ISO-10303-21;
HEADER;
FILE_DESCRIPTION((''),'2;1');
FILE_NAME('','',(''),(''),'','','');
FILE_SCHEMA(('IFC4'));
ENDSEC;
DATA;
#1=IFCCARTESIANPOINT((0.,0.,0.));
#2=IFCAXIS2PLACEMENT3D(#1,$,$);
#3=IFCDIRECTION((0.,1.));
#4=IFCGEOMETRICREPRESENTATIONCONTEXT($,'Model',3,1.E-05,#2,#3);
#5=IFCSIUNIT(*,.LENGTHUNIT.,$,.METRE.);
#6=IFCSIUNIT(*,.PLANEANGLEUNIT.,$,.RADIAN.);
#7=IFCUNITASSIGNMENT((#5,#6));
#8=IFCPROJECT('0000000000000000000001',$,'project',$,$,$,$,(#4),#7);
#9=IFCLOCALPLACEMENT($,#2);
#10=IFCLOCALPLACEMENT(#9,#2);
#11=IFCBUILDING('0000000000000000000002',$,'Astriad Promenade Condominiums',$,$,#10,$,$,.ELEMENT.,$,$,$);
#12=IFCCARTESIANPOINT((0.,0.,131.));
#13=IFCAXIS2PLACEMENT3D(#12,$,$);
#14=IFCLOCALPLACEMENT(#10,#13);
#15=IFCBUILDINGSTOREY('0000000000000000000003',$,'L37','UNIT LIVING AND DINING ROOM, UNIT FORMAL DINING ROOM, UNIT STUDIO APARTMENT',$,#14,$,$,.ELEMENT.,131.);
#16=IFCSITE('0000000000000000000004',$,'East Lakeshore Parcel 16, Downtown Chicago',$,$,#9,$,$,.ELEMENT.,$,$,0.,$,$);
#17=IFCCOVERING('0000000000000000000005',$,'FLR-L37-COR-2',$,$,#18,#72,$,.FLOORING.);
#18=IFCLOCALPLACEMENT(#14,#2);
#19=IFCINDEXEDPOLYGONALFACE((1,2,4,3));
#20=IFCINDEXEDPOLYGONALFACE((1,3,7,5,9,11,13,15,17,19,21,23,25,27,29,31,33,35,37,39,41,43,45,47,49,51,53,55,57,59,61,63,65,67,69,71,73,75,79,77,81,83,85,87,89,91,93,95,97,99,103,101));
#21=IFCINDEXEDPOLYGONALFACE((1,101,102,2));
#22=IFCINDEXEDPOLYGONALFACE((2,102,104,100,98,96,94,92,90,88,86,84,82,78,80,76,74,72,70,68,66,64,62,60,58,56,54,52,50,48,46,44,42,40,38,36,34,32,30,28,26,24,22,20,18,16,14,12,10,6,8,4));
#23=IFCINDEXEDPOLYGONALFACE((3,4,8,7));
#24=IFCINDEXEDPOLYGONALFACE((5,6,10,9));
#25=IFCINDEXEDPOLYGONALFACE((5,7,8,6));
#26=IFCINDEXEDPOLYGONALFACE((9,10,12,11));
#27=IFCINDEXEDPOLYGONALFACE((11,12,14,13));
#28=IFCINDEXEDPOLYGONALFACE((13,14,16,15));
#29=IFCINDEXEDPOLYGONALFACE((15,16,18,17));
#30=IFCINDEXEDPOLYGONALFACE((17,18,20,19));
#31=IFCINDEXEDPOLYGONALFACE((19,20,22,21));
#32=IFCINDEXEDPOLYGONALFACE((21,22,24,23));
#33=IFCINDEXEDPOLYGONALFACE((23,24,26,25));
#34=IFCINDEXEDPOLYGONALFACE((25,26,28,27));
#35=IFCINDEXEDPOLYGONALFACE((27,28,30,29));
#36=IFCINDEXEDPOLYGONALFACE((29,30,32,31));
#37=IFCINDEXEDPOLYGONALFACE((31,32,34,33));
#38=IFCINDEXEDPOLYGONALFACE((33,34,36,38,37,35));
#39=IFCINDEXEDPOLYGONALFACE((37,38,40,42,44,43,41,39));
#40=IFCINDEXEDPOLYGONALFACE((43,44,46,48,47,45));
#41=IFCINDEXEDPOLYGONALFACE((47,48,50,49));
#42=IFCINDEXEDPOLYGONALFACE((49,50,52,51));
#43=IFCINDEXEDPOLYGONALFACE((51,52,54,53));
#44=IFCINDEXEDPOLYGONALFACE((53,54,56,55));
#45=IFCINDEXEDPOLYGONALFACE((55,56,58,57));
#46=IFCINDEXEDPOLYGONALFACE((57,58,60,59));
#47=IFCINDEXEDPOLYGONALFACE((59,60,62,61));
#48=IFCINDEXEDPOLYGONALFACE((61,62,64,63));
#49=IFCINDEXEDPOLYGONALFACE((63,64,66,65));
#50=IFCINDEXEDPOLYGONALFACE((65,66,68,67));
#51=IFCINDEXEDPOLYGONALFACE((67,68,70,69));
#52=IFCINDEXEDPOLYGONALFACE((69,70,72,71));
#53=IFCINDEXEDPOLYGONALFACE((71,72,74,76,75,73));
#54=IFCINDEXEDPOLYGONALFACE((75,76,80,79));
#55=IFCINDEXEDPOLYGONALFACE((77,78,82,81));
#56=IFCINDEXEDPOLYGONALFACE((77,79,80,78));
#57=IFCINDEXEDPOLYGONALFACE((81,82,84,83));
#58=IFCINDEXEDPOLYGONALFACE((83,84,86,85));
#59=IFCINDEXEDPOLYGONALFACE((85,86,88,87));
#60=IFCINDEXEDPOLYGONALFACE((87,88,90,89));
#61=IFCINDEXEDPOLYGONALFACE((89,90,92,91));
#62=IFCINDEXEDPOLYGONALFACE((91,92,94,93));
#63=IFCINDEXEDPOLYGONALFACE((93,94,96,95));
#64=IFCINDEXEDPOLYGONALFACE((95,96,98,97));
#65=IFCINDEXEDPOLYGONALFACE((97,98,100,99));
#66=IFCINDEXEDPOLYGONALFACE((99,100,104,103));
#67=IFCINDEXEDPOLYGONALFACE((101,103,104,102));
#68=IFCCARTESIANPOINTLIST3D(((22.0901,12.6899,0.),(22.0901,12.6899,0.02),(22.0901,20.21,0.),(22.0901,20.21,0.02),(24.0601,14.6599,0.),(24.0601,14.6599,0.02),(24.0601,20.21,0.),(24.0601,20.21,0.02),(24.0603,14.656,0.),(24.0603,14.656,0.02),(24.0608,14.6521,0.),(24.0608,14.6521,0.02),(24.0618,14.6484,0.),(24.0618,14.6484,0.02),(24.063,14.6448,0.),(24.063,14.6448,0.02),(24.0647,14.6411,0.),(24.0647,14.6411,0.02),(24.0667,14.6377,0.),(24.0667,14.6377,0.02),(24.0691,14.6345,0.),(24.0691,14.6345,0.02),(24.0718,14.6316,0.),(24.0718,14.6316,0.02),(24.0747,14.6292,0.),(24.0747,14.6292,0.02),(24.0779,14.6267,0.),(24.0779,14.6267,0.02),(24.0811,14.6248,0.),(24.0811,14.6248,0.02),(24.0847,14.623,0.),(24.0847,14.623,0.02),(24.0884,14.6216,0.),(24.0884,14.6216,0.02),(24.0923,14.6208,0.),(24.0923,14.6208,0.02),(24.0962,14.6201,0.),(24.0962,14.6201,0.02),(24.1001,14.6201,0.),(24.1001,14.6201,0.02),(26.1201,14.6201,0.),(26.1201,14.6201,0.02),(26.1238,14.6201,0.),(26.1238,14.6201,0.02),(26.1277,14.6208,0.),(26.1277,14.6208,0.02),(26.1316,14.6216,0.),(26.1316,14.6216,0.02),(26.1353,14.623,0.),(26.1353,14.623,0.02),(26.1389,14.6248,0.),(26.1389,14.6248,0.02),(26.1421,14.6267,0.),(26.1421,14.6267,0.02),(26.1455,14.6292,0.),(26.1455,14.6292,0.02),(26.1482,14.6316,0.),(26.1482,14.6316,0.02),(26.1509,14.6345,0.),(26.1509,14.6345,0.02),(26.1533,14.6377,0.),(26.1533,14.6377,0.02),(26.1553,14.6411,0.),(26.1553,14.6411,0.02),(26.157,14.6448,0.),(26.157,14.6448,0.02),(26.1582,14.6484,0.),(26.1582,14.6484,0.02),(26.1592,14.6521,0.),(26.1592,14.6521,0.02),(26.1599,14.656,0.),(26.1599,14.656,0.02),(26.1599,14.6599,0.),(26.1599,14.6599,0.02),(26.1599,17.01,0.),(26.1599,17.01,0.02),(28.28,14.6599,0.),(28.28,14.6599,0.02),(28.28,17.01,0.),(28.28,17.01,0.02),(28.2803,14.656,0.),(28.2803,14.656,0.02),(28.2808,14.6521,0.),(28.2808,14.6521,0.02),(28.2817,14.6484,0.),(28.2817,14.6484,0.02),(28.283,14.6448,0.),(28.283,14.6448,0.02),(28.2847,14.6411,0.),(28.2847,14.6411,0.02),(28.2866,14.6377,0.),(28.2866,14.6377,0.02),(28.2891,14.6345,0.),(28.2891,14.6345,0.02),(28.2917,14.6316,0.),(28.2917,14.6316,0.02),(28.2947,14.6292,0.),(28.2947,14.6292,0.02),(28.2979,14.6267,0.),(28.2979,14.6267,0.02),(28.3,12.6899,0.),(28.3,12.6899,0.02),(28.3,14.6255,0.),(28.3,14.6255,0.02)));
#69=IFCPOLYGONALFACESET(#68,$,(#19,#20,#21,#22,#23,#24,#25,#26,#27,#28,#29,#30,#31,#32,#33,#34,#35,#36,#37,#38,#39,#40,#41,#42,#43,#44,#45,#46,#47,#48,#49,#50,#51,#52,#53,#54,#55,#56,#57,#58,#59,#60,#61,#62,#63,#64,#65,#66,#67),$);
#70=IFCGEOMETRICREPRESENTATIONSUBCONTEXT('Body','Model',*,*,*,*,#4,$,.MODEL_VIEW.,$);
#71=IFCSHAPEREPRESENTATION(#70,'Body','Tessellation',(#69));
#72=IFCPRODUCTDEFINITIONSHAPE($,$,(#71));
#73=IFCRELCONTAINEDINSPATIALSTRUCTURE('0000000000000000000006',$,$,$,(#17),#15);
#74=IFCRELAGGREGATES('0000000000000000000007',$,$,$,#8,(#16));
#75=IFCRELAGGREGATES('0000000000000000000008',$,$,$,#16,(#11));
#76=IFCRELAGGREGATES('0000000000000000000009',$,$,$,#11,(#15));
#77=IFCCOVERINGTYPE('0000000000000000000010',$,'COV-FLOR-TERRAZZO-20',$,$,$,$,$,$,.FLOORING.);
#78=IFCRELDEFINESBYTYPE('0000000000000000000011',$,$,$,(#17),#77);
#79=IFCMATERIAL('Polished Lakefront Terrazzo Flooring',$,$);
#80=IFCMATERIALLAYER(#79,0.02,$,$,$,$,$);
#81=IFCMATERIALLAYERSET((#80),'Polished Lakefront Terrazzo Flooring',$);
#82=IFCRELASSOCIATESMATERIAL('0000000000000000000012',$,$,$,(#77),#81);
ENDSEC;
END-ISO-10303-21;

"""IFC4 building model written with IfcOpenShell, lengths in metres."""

from ifc_helpers import new_model, si_unit, direction, frame, origin, place, context, subcontext, project, spatial, polyline, outline, extrude, material, layer, layer_set, type_object, element, save


model = new_model("IFC4")

# Units and contexts
model_context = context("Model", 3, precision=1e-05, world=origin(), true_north=direction((0.0, 1.0)))
body_context = subcontext(model_context, "Body", "Model", "MODEL_VIEW")
ifc_project = project(units=[si_unit("LENGTHUNIT", "METRE"), si_unit("PLANEANGLEUNIT", "RADIAN")], contexts=[model_context])

# Site, building, storey
site_placement = place(None, origin())
site = spatial("IfcSite", under=ifc_project, at=site_placement, Name="East Lakeshore Parcel 16, Downtown Chicago", CompositionType="ELEMENT", RefElevation=0.0)
building_placement = place(site_placement, origin())
building = spatial("IfcBuilding", under=site, at=building_placement, Name="Astriad Promenade Condominiums", CompositionType="ELEMENT")
storey_placement = place(building_placement, frame((0.0, 0.0, 131.0)))
storey = spatial("IfcBuildingStorey", under=building, at=storey_placement, Name="L37", Description="UNIT LIVING AND DINING ROOM, UNIT FORMAL DINING ROOM, UNIT STUDIO APARTMENT", CompositionType="ELEMENT", Elevation=131.0)

# Covering
ifc_material_1 = material(Name="Polished Lakefront Terrazzo Flooring")
ifc_layer_1 = layer(ifc_material_1, 0.02)
ifc_layer_set_1 = layer_set([ifc_layer_1], Name="Polished Lakefront Terrazzo Flooring")
covering_type = type_object("IfcCoveringType", Name="COV-FLOR-TERRAZZO-20", PredefinedType="FLOORING", material=ifc_layer_set_1)
covering_1_placement = place(storey_placement, origin())
element("IfcCovering", 1, at=covering_1_placement, inside=storey, type_object=covering_type, Name="FLR-L37-COR-2", PredefinedType="FLOORING", context=body_context, shape_type="SweptSolid", body=[
    extrude(outline(polyline([(28.3, 12.6899), (22.0901, 12.6899), (22.0901, 20.21), (24.0601, 20.21), (24.0601, 14.6599), (24.0603, 14.656), (24.0608, 14.6521), (24.0618, 14.6484), (24.063, 14.6448), (24.0647, 14.6411), (24.0667, 14.6377), (24.0691, 14.6345), (24.0718, 14.6316), (24.0747, 14.6292), (24.0779, 14.6267), (24.0811, 14.6248), (24.0847, 14.623), (24.0884, 14.6216), (24.0923, 14.6208), (24.0962, 14.6201), (24.1001, 14.6201), (26.1201, 14.6201), (26.1238, 14.6201), (26.1277, 14.6208), (26.1316, 14.6216), (26.1353, 14.623), (26.1389, 14.6248), (26.1421, 14.6267), (26.1455, 14.6292), (26.1482, 14.6316), (26.1509, 14.6345), (26.1533, 14.6377), (26.1553, 14.6411), (26.157, 14.6448), (26.1582, 14.6484), (26.1592, 14.6521), (26.1599, 14.656), (26.1599, 14.6599), (26.1599, 17.01), (28.28, 17.01), (28.28, 14.6599), (28.2803, 14.656), (28.2808, 14.6521), (28.2817, 14.6484), (28.283, 14.6448), (28.2847, 14.6411), (28.2866, 14.6377), (28.2891, 14.6345), (28.2917, 14.6316), (28.2947, 14.6292), (28.2979, 14.6267), (28.3, 14.6255), (28.3, 12.6899)])), origin(), (0.0, 0.0, 1.0), 0.02),
])

save(model, "model.ifc")
